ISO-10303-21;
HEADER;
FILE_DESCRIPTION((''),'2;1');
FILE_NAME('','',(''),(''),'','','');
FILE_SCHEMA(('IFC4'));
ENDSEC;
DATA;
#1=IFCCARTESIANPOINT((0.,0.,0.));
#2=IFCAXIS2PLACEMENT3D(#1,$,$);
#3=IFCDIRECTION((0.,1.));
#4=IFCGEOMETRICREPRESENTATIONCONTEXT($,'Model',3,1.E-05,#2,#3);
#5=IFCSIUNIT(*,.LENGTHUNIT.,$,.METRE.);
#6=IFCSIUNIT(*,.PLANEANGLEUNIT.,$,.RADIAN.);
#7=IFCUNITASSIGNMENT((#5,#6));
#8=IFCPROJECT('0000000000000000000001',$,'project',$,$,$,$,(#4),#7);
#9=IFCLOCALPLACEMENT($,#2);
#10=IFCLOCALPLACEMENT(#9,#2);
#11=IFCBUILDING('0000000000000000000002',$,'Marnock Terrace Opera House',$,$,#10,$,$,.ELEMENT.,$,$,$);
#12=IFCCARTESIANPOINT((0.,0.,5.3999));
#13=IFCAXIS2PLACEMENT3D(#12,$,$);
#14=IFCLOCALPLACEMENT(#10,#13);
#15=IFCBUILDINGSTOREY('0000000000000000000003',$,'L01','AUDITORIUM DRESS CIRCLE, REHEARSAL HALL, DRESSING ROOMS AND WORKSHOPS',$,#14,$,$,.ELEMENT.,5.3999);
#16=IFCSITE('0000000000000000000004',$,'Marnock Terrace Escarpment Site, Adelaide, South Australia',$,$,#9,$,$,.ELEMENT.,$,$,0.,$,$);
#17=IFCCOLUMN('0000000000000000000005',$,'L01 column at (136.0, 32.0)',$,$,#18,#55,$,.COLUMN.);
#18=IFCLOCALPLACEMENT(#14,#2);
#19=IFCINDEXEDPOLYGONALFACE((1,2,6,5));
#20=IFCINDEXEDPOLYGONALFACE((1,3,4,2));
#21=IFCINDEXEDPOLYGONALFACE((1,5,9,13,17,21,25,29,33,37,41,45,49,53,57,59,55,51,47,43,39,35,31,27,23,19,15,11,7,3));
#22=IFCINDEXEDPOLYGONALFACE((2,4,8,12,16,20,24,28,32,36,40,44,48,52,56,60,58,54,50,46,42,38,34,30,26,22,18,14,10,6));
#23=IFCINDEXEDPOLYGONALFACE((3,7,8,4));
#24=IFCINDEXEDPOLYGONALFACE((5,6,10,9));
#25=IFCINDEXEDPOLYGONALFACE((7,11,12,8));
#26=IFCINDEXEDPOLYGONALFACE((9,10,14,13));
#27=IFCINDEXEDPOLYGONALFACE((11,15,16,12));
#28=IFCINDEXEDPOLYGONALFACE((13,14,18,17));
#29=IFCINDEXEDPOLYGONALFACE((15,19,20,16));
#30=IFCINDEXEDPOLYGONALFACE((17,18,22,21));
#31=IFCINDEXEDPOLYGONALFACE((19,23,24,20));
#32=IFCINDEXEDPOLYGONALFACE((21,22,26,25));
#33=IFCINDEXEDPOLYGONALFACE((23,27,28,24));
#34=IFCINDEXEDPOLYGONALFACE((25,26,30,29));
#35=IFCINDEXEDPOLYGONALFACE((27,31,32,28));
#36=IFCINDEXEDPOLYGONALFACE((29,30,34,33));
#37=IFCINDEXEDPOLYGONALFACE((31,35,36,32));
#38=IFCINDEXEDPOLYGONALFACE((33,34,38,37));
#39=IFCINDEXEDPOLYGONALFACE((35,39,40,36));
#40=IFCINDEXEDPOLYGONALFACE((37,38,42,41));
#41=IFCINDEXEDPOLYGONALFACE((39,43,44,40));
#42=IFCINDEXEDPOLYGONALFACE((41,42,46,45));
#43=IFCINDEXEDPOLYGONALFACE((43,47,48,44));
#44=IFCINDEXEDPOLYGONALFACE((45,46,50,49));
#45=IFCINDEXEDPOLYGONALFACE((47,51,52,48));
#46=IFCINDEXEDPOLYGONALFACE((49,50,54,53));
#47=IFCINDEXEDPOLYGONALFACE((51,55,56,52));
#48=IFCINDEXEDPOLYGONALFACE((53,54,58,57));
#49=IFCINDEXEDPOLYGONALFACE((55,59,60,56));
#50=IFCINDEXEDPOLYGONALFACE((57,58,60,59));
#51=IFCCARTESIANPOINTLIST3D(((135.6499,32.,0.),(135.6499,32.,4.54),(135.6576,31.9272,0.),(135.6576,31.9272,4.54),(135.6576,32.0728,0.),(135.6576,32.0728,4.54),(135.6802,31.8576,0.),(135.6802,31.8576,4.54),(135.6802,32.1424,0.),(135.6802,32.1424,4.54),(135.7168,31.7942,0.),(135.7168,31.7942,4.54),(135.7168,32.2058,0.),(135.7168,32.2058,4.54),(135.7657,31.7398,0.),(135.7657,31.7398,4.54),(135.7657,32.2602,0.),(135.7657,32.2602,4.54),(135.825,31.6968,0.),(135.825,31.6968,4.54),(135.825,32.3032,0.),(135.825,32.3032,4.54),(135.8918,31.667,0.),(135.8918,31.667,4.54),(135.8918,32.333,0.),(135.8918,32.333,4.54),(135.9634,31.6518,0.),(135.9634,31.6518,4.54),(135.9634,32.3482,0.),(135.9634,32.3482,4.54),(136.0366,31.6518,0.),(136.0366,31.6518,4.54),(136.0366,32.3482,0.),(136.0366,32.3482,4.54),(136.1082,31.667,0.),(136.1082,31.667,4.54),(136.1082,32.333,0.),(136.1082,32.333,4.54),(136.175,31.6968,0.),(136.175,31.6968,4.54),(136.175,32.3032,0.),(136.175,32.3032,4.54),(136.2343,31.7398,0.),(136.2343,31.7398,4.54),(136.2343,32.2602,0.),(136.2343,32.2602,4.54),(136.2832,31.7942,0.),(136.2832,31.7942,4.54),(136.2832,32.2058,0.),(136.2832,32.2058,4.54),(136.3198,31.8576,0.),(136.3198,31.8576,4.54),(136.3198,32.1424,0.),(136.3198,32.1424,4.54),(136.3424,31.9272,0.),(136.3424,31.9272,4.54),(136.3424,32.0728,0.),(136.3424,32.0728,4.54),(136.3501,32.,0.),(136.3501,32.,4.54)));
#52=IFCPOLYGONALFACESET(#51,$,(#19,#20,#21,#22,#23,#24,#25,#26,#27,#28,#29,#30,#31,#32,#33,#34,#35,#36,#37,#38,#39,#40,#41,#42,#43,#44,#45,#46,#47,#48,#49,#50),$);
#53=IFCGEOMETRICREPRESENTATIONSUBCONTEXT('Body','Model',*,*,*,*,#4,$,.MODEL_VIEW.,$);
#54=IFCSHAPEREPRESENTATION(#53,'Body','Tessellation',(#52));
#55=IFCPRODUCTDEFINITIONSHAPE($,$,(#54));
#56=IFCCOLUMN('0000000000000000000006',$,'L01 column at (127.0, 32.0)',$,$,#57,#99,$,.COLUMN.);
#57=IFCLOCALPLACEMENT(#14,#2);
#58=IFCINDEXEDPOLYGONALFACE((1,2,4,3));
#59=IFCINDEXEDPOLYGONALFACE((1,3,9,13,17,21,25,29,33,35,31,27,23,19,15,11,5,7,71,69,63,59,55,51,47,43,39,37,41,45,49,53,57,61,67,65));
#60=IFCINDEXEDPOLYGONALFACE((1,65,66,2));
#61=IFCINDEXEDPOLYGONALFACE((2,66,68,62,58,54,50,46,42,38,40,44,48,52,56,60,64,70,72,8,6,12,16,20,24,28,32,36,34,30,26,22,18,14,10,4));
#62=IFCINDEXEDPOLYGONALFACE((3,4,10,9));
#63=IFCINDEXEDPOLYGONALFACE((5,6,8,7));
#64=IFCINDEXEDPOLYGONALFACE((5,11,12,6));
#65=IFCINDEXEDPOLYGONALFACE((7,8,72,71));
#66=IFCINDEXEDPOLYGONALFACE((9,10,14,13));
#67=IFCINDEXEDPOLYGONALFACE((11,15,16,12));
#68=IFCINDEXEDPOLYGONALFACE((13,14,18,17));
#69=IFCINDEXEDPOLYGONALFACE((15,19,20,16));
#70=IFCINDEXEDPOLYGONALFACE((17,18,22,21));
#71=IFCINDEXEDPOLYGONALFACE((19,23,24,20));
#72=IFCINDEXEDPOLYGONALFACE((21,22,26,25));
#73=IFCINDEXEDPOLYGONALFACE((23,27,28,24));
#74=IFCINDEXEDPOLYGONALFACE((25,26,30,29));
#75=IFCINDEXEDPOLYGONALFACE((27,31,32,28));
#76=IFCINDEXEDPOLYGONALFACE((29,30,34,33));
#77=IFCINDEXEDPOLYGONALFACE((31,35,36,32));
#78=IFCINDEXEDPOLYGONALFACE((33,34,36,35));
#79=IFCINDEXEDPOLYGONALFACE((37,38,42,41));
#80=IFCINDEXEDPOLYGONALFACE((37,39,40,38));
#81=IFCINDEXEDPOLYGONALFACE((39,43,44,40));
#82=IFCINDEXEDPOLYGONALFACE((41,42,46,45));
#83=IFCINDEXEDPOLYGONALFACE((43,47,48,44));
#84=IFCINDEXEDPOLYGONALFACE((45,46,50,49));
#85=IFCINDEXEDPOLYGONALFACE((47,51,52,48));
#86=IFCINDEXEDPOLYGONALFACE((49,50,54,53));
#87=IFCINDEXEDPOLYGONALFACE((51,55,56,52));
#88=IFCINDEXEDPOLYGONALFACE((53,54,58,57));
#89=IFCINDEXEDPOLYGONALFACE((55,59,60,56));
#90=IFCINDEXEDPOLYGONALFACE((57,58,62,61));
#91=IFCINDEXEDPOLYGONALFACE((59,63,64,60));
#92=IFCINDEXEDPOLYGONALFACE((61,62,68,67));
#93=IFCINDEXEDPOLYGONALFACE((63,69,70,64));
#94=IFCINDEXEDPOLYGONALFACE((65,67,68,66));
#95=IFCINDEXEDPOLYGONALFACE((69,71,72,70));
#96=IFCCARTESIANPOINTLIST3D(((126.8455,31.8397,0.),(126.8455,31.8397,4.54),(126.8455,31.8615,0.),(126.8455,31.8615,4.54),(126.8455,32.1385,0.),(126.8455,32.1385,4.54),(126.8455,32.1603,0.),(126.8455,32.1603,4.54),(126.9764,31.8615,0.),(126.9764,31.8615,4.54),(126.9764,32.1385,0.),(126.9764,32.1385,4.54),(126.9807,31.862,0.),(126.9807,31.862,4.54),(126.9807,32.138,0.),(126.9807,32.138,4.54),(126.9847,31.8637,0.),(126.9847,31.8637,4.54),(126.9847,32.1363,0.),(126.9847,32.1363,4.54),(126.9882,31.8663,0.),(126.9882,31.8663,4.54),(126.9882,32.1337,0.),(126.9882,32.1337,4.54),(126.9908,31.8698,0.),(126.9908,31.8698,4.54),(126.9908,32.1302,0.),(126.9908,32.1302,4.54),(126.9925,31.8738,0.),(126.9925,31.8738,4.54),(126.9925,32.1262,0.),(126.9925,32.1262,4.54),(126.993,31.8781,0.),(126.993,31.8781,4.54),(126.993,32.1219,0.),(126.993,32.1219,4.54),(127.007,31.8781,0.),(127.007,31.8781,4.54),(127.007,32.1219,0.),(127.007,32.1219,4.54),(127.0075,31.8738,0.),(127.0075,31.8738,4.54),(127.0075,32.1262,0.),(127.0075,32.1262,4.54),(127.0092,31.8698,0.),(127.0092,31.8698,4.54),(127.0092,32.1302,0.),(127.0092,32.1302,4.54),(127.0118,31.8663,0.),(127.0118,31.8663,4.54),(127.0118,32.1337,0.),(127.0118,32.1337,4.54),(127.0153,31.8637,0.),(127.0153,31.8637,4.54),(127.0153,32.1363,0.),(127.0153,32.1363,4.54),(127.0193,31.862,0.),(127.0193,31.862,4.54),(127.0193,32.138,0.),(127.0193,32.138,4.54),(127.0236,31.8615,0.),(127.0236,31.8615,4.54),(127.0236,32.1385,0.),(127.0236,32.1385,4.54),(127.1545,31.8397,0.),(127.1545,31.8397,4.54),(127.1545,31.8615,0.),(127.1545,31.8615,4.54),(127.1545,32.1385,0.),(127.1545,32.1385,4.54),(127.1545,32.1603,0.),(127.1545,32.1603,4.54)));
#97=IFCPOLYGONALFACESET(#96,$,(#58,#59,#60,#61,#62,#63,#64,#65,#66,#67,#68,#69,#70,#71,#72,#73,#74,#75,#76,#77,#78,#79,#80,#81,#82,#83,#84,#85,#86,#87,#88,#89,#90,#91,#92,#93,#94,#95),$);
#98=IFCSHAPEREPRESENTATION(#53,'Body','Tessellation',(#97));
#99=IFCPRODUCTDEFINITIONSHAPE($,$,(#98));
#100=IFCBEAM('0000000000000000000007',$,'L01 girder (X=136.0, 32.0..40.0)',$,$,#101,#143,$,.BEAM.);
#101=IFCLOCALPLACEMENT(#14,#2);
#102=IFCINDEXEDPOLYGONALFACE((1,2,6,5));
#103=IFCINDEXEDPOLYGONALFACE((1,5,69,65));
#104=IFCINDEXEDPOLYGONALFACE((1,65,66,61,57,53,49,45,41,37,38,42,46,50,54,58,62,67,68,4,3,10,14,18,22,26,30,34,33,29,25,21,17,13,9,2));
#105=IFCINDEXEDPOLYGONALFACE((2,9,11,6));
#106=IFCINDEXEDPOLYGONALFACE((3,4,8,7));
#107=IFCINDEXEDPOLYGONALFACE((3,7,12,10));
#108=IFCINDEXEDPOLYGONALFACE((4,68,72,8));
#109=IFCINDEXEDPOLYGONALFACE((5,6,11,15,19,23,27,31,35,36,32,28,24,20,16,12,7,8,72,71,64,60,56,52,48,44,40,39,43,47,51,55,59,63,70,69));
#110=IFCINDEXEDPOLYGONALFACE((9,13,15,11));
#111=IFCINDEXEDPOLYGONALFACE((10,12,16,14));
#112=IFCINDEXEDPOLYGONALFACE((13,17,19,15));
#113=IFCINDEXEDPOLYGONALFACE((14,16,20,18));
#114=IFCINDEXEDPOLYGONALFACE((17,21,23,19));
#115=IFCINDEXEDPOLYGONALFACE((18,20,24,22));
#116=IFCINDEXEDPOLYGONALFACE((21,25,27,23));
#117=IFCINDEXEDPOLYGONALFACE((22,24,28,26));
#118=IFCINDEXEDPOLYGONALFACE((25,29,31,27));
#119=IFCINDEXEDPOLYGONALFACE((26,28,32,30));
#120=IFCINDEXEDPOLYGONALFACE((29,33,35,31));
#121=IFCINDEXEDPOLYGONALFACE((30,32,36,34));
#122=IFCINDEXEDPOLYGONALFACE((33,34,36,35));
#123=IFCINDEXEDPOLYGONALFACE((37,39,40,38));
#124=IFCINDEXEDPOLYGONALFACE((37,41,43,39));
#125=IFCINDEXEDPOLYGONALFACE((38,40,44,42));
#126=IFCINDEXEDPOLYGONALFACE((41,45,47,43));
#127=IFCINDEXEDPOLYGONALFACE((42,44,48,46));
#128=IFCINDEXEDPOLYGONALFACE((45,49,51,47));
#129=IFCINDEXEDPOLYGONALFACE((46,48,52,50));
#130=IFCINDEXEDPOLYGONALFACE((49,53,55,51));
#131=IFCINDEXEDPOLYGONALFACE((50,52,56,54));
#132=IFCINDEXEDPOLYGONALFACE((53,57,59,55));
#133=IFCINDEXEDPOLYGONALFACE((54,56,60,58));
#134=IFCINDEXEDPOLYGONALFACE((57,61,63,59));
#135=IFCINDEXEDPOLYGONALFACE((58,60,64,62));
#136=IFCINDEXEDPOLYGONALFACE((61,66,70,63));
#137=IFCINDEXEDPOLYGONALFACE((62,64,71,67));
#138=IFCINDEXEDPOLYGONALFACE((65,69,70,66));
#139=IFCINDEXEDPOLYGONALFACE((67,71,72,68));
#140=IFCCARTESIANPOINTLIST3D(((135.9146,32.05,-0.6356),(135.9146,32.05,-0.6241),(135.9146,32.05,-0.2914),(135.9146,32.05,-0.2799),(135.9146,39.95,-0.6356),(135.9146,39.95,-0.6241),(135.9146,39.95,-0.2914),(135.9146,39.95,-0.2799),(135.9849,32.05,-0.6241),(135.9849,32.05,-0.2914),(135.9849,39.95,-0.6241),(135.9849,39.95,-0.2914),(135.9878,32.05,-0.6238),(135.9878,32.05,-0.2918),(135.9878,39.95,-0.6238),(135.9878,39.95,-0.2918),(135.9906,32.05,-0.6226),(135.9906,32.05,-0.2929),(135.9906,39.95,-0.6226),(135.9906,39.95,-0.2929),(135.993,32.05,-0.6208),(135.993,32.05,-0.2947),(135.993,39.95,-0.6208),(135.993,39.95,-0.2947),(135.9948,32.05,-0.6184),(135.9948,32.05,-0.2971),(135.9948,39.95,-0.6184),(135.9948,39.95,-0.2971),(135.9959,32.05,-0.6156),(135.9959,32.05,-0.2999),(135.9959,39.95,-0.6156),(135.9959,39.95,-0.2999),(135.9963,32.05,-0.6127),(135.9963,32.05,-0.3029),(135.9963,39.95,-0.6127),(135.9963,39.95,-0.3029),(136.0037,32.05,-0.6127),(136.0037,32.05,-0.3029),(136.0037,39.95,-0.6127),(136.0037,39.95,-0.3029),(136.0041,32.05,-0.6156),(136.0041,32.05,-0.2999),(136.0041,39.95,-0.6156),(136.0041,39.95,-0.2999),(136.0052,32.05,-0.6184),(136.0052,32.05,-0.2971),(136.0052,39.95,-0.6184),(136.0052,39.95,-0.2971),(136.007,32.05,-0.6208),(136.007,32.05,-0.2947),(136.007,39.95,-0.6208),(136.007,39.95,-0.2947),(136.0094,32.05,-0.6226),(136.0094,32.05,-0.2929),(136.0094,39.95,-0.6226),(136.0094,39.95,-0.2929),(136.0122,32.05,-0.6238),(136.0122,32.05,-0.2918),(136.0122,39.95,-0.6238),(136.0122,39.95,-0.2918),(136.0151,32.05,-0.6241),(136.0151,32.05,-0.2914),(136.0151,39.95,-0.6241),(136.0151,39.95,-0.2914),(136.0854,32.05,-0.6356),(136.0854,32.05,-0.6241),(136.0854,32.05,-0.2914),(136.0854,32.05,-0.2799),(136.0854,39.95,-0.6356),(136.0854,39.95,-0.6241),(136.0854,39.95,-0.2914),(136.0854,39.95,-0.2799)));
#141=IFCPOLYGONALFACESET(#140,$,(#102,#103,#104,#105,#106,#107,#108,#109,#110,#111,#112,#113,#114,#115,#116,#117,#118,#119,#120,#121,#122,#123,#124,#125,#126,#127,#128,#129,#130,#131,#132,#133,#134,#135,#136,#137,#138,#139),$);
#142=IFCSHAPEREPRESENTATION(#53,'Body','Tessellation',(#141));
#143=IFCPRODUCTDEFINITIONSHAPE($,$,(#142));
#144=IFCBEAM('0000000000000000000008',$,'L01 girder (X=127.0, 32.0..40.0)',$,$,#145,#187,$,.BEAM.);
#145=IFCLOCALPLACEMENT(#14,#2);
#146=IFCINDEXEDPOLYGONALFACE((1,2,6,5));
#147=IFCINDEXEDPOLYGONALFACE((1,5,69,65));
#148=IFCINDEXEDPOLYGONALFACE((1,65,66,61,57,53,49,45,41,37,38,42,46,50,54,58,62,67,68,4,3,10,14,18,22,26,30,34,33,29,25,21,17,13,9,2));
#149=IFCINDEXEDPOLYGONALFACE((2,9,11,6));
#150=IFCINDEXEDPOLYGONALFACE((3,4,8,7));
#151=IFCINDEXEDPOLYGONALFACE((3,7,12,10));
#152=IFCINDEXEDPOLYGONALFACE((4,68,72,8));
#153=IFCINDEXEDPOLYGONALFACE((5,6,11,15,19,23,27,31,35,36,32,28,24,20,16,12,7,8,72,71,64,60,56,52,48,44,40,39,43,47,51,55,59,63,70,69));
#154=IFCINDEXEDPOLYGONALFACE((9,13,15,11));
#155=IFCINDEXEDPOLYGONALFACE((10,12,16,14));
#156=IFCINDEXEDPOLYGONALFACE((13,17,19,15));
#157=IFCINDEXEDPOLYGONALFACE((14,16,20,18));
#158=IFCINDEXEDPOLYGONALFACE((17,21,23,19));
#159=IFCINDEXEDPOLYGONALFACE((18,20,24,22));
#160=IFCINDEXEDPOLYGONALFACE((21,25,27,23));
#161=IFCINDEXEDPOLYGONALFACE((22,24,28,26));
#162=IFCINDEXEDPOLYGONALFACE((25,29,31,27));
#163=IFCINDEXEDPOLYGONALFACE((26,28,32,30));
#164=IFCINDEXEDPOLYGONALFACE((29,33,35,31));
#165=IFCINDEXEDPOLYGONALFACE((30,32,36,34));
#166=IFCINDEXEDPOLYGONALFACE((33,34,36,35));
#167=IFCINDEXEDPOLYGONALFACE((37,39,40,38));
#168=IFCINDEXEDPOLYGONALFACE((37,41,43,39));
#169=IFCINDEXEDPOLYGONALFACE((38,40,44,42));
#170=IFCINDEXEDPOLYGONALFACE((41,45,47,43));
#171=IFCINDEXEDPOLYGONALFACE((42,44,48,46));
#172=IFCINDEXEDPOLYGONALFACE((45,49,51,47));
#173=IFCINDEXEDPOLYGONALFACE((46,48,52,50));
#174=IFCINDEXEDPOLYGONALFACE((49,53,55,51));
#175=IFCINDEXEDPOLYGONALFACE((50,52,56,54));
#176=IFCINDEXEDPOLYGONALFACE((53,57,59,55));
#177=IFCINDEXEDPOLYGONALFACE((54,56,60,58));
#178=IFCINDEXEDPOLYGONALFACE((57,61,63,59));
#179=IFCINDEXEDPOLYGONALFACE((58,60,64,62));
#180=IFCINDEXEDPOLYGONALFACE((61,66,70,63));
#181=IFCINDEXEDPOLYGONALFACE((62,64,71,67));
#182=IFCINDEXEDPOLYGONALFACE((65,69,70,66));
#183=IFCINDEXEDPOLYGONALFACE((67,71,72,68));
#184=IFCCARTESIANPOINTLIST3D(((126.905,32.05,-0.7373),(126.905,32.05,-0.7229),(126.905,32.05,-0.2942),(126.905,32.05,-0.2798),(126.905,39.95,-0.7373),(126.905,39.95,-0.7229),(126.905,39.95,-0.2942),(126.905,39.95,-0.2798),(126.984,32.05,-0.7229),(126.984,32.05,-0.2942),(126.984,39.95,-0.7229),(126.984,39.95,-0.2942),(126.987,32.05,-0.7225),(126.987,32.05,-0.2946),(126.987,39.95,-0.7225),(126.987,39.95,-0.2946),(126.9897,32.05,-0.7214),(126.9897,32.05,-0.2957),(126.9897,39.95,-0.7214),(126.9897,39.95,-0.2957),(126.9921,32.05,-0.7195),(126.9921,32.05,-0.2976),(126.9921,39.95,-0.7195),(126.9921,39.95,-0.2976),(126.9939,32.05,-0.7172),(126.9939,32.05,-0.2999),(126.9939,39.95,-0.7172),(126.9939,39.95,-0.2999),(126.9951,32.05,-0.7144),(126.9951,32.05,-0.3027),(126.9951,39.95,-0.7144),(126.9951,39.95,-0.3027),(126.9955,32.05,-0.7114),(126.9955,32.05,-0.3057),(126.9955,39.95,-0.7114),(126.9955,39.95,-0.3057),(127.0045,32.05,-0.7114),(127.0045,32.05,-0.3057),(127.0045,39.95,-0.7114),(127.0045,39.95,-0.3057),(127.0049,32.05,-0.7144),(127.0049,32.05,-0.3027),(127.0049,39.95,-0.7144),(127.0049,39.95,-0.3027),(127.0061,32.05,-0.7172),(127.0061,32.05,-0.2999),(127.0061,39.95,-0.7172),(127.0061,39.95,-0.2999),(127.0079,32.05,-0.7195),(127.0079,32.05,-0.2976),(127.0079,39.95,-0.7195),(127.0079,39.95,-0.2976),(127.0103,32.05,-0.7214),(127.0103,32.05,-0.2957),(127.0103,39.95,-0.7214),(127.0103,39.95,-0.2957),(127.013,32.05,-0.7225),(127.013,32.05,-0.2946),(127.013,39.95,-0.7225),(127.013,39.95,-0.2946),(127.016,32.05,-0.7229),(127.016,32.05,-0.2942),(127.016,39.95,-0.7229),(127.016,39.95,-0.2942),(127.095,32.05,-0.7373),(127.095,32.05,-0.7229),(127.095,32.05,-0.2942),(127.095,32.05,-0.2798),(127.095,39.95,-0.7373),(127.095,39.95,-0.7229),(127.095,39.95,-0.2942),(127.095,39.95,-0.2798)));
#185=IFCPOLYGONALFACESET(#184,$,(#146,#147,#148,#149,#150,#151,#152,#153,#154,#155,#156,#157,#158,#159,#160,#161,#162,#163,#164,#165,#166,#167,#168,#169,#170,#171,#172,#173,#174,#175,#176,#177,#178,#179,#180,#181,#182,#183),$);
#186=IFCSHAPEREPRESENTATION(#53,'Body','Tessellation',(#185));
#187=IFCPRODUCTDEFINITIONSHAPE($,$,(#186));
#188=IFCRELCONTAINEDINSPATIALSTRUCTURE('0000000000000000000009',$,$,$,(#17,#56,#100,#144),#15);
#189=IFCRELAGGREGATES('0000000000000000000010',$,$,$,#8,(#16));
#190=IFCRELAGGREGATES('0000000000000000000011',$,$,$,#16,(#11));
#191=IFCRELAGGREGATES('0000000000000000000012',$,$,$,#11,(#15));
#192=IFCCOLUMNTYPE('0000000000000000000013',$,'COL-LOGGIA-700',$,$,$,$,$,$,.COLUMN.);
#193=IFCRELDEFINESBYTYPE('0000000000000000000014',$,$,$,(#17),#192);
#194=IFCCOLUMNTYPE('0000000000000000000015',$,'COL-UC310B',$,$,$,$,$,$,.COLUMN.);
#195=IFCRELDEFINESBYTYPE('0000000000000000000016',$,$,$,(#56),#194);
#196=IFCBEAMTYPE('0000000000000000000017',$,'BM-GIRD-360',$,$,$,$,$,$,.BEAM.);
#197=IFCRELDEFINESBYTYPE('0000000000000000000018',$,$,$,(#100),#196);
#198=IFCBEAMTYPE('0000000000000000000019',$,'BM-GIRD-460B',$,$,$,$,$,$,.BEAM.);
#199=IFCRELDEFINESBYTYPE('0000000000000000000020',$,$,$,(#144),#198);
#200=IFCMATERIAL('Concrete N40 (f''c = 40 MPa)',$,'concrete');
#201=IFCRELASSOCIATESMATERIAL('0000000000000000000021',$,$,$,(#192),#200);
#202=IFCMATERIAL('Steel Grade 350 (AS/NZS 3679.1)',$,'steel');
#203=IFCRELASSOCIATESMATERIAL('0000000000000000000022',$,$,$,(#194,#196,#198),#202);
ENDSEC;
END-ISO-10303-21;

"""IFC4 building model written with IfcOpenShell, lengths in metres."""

from ifc_helpers import new_model, si_unit, direction, frame, origin, origin_2d, place, context, subcontext, project, spatial, circle, i_section, extrude, material, material_profile, profile_set, type_object, element, save


model = new_model("IFC4")

# Units and contexts
model_context = context("Model", 3, precision=1e-05, world=origin(), true_north=direction((0.0, 1.0)))
body_context = subcontext(model_context, "Body", "Model", "MODEL_VIEW")
ifc_project = project(units=[si_unit("LENGTHUNIT", "METRE"), si_unit("PLANEANGLEUNIT", "RADIAN")], contexts=[model_context])

# Site, building, storey
site_placement = place(None, origin())
site = spatial("IfcSite", under=ifc_project, at=site_placement, Name="Marnock Terrace Escarpment Site, Adelaide, South Australia", CompositionType="ELEMENT", RefElevation=0.0)
building_placement = place(site_placement, origin())
building = spatial("IfcBuilding", under=site, at=building_placement, Name="Marnock Terrace Opera House", CompositionType="ELEMENT")
storey_placement = place(building_placement, frame((0.0, 0.0, 5.3999)))
storey = spatial("IfcBuildingStorey", under=building, at=storey_placement, Name="L01", Description="AUDITORIUM DRESS CIRCLE, REHEARSAL HALL, DRESSING ROOMS AND WORKSHOPS", CompositionType="ELEMENT", Elevation=5.3999)

# Columns
ifc_material_1 = material(Name="Concrete N40 (f'c = 40 MPa)", Category="concrete")
ifc_material_profile_1 = material_profile(ifc_material_1, circle(Radius=0.3501, at=origin_2d()))
ifc_profile_set_1 = profile_set([ifc_material_profile_1], Name="Concrete N40 (f'c = 40 MPa)")
column_type_1 = type_object("IfcColumnType", Name="COL-LOGGIA-700", PredefinedType="COLUMN", material=ifc_profile_set_1)
column_1_placement = place(storey_placement, frame((136.0, 32.0, 0.0), z_axis=(0.0, 0.0, 1.0), x_axis=(1.0, 0.0, 0.0)))
element("IfcColumn", 1, at=column_1_placement, inside=storey, type_object=column_type_1, Name="L01 column at (136.0, 32.0)", PredefinedType="COLUMN", context=body_context, shape_type="SweptSolid", body=[
    extrude(circle(Radius=0.3501, at=origin_2d()), origin(), (0.0, 0.0, 1.0), 4.54),
])
ifc_material_2 = material(Name="Steel Grade 350 (AS/NZS 3679.1)", Category="steel")
ifc_material_profile_2 = material_profile(ifc_material_2, i_section(OverallWidth=0.3091, OverallDepth=0.3206, WebThickness=0.0139, FlangeThickness=0.0217, FilletRadius=0.0166, at=origin_2d()))
ifc_profile_set_2 = profile_set([ifc_material_profile_2], Name="Steel Grade 350 (AS/NZS 3679.1)")
column_type_2 = type_object("IfcColumnType", Name="COL-UC310B", PredefinedType="COLUMN", material=ifc_profile_set_2)
column_2_placement = place(storey_placement, frame((127.0, 32.0, 0.0), z_axis=(0.0, 0.0, 1.0), x_axis=(1.0, 0.0, 0.0)))
element("IfcColumn", 2, at=column_2_placement, inside=storey, type_object=column_type_2, Name="L01 column at (127.0, 32.0)", PredefinedType="COLUMN", context=body_context, shape_type="SweptSolid", body=[
    extrude(i_section(OverallWidth=0.3091, OverallDepth=0.3206, WebThickness=0.0139, FlangeThickness=0.0217, FilletRadius=0.0166, at=origin_2d()), origin(), (0.0, 0.0, 1.0), 4.54),
])

# Beams
ifc_material_profile_3 = material_profile(ifc_material_2, i_section(OverallWidth=0.1709, OverallDepth=0.3557, WebThickness=0.0073, FlangeThickness=0.0115, FilletRadius=0.0115, at=origin_2d()))
ifc_profile_set_3 = profile_set([ifc_material_profile_3], Name="Steel Grade 350 (AS/NZS 3679.1)")
beam_type_1 = type_object("IfcBeamType", Name="BM-GIRD-360", PredefinedType="BEAM", material=ifc_profile_set_3)
beam_1_placement = place(storey_placement, frame((136.0, 32.05, -0.4578), z_axis=(0.0, 1.0, 0.0), x_axis=(-1.0, 0.0, 0.0)))
element("IfcBeam", 3, at=beam_1_placement, inside=storey, type_object=beam_type_1, Name="L01 girder (X=136.0, 32.0..40.0)", PredefinedType="BEAM", context=body_context, shape_type="SweptSolid", body=[
    extrude(i_section(OverallWidth=0.1709, OverallDepth=0.3557, WebThickness=0.0073, FlangeThickness=0.0115, FilletRadius=0.0115, at=origin_2d()), origin(), (0.0, 0.0, 1.0), 7.8999),
])
ifc_material_profile_4 = material_profile(ifc_material_2, i_section(OverallWidth=0.1899, OverallDepth=0.4575, WebThickness=0.009, FlangeThickness=0.0144, FilletRadius=0.0115, at=origin_2d()))
ifc_profile_set_4 = profile_set([ifc_material_profile_4], Name="Steel Grade 350 (AS/NZS 3679.1)")
beam_type_2 = type_object("IfcBeamType", Name="BM-GIRD-460B", PredefinedType="BEAM", material=ifc_profile_set_4)
beam_2_placement = place(storey_placement, frame((127.0, 32.05, -0.5085), z_axis=(0.0, 1.0, 0.0), x_axis=(-1.0, 0.0, 0.0)))
element("IfcBeam", 4, at=beam_2_placement, inside=storey, type_object=beam_type_2, Name="L01 girder (X=127.0, 32.0..40.0)", PredefinedType="BEAM", context=body_context, shape_type="SweptSolid", body=[
    extrude(i_section(OverallWidth=0.1899, OverallDepth=0.4575, WebThickness=0.009, FlangeThickness=0.0144, FilletRadius=0.0115, at=origin_2d()), origin(), (0.0, 0.0, 1.0), 7.8999),
])

save(model, "model.ifc")
